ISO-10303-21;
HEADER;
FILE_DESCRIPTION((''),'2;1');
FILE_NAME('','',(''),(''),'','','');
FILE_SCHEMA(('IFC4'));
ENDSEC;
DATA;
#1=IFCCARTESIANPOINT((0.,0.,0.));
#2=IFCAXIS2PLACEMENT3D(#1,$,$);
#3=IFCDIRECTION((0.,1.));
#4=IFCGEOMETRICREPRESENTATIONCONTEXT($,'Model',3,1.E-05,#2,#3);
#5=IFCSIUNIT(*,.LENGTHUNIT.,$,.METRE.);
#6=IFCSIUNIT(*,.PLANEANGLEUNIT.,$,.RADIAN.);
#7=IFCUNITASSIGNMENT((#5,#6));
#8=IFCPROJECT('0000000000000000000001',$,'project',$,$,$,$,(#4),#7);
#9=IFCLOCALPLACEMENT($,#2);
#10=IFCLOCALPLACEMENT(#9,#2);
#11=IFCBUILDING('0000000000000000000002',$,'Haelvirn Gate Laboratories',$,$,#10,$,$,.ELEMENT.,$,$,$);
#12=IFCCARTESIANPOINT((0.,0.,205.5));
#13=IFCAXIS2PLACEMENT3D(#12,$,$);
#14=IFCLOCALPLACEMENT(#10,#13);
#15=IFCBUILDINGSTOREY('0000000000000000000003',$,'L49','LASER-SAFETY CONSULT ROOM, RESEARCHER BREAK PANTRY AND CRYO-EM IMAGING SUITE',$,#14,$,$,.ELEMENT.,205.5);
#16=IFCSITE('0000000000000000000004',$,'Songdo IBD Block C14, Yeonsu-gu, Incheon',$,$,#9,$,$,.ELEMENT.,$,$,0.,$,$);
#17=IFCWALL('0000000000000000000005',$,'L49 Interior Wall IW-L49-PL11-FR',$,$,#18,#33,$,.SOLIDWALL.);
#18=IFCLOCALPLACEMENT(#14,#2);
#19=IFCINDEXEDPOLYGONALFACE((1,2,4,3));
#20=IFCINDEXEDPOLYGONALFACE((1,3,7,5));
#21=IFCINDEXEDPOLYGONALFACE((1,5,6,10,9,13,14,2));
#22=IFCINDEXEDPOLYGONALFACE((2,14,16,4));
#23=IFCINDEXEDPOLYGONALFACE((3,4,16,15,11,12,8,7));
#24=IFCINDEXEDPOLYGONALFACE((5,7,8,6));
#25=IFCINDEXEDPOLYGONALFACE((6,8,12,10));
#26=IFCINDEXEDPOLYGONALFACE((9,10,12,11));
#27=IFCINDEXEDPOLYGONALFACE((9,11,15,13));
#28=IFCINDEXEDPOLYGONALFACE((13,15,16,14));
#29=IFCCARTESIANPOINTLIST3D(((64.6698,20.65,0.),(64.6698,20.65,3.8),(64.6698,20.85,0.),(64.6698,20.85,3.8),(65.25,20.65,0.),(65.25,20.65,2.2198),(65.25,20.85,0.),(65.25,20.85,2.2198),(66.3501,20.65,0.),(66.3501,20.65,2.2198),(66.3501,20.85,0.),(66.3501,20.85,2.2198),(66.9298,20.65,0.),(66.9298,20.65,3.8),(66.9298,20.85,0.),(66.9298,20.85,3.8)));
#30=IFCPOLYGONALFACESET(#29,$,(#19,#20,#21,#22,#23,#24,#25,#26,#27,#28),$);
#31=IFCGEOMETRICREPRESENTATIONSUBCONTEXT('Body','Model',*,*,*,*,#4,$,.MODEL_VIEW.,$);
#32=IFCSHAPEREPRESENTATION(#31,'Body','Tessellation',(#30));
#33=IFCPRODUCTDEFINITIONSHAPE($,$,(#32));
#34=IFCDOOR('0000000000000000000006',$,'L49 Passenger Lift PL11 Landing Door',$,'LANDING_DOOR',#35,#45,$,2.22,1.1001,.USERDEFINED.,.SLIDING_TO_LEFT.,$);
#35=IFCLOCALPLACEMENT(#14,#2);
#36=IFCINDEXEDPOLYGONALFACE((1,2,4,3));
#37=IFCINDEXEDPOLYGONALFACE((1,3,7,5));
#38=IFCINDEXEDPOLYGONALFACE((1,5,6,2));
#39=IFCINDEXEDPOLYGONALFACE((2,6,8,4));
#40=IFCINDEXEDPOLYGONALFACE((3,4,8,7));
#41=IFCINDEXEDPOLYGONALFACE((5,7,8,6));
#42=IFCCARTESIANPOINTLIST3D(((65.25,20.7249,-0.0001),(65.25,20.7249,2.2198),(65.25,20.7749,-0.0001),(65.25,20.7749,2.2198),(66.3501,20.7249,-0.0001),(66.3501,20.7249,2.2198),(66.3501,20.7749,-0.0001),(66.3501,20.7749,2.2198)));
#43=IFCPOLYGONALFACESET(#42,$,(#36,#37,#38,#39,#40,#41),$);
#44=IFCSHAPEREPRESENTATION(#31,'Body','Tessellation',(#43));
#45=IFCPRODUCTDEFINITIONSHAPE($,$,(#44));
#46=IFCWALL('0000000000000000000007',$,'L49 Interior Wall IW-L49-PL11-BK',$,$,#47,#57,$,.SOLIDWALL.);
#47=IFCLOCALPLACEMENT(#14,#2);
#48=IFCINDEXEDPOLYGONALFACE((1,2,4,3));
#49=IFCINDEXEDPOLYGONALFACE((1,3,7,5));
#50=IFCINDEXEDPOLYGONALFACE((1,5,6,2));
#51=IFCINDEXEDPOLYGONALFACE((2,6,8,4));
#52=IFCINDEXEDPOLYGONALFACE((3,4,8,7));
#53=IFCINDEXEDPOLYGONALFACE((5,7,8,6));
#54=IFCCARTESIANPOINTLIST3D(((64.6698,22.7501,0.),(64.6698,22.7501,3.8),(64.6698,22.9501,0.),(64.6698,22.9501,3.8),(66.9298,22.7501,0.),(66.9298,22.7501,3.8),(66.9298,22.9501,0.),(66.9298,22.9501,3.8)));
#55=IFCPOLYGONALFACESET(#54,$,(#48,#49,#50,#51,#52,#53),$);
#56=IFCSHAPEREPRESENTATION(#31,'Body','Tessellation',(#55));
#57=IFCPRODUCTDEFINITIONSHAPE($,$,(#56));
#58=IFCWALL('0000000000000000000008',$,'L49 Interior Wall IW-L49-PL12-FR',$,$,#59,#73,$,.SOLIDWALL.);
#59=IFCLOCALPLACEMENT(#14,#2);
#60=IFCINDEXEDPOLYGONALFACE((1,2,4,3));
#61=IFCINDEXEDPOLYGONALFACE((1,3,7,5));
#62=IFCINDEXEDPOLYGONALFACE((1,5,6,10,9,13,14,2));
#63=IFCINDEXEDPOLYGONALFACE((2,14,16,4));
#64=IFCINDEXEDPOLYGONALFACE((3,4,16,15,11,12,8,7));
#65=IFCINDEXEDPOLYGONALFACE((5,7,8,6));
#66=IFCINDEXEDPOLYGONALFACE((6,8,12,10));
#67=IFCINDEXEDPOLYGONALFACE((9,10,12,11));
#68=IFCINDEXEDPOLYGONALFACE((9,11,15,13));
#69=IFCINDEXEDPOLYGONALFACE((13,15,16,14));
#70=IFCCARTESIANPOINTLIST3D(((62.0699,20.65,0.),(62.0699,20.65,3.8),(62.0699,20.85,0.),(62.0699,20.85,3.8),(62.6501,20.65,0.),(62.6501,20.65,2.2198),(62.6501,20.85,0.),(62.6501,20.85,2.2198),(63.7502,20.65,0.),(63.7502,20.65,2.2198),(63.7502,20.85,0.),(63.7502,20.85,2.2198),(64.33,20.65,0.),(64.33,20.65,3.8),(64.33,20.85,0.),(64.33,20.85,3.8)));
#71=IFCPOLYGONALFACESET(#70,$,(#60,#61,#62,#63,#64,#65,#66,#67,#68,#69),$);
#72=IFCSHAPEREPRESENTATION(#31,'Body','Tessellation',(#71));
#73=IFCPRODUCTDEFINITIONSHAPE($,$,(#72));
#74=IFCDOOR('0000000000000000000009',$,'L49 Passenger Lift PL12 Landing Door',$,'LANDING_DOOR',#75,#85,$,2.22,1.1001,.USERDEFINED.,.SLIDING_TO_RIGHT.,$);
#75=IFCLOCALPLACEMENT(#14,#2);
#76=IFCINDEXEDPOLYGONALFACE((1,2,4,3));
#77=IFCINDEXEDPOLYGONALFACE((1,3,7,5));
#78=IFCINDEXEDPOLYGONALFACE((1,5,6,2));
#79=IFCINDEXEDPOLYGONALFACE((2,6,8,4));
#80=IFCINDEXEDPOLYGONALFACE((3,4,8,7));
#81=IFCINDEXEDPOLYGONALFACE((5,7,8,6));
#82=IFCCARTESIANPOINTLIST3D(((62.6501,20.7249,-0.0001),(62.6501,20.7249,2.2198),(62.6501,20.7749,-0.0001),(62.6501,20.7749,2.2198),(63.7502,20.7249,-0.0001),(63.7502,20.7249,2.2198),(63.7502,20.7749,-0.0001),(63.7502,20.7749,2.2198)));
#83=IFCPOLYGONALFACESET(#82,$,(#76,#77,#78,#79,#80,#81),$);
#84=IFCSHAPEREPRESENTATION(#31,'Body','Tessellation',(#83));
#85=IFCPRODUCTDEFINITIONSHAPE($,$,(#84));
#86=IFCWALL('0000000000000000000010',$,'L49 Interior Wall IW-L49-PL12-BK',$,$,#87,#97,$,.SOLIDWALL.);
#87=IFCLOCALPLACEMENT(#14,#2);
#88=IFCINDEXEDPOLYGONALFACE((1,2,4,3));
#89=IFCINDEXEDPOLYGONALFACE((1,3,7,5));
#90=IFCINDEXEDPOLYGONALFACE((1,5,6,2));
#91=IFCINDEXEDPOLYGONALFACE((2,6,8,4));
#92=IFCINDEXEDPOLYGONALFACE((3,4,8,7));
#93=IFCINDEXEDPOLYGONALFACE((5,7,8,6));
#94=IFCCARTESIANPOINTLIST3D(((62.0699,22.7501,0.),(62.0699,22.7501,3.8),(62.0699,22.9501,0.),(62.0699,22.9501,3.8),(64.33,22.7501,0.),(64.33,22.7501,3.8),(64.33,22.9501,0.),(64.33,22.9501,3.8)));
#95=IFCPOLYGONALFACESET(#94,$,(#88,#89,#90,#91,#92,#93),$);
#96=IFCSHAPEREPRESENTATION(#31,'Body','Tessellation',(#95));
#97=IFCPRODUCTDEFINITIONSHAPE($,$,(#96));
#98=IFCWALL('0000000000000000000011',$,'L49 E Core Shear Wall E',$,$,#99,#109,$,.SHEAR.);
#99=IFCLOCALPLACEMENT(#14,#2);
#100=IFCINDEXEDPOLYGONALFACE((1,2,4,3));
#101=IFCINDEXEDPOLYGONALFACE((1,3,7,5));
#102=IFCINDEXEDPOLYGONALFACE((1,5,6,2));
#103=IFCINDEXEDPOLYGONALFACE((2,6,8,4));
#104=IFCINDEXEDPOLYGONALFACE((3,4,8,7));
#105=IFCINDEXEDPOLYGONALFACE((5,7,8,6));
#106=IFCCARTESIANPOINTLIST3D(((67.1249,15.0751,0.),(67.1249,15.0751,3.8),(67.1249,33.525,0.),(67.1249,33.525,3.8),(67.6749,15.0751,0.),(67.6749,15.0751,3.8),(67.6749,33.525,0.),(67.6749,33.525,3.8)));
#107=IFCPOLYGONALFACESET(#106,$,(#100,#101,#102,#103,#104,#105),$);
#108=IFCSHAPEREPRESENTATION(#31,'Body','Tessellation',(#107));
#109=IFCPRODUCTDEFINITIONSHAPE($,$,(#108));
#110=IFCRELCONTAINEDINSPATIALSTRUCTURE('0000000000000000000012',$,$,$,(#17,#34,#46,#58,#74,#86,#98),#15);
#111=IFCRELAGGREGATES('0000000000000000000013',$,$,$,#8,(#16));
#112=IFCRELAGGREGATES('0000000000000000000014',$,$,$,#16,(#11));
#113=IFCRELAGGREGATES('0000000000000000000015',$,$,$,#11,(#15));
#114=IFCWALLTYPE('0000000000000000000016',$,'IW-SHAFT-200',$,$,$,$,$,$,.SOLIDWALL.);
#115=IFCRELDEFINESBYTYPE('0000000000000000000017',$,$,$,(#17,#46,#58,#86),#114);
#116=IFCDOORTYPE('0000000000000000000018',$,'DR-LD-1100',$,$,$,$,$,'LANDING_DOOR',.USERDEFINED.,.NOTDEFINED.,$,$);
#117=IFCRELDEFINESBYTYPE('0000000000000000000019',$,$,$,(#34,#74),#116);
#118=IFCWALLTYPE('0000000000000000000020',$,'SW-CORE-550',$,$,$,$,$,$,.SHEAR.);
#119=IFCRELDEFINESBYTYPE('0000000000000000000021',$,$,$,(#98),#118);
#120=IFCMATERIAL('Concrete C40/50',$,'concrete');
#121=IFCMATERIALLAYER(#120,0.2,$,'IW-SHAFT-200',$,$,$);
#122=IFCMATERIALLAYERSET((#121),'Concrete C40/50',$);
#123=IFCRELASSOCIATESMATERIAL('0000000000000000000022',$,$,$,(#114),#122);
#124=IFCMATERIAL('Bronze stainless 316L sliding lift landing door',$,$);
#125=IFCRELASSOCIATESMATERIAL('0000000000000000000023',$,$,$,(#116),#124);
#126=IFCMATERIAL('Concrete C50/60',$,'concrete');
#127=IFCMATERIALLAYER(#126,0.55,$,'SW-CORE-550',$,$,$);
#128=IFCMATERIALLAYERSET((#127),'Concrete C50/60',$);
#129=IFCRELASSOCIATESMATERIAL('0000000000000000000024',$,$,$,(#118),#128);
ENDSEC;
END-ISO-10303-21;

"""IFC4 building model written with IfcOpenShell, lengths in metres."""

from ifc_helpers import new_model, si_unit, direction, frame, frame_2d, origin, place, context, subcontext, project, spatial, rectangle, extrude, source, transform, mapped, material, layer, layer_set, type_object, type_shapes, element, fill, save


model = new_model("IFC4")

# Units and contexts
model_context = context("Model", 3, precision=1e-05, world=origin(), true_north=direction((0.0, 1.0)))
body_context = subcontext(model_context, "Body", "Model", "MODEL_VIEW")
ifc_project = project(units=[si_unit("LENGTHUNIT", "METRE"), si_unit("PLANEANGLEUNIT", "RADIAN")], contexts=[model_context])

# Site, building, storey
site_placement = place(None, origin())
site = spatial("IfcSite", under=ifc_project, at=site_placement, Name="Songdo IBD Block C14, Yeonsu-gu, Incheon", CompositionType="ELEMENT", RefElevation=0.0)
building_placement = place(site_placement, origin())
building = spatial("IfcBuilding", under=site, at=building_placement, Name="Haelvirn Gate Laboratories", CompositionType="ELEMENT")
storey_placement = place(building_placement, frame((0.0, 0.0, 205.5)))
storey = spatial("IfcBuildingStorey", under=building, at=storey_placement, Name="L49", Description="LASER-SAFETY CONSULT ROOM, RESEARCHER BREAK PANTRY AND CRYO-EM IMAGING SUITE", CompositionType="ELEMENT", Elevation=205.5)

# Shared definitions
ifc_material_1 = material(Name="Concrete C50/60", Category="concrete")

# Shared definitions
ifc_material_2 = material(Name="Concrete C40/50", Category="concrete")

# Wall, opening, door
ifc_layer_1 = layer(ifc_material_2, 0.2, Name="IW-SHAFT-200")
ifc_layer_set_1 = layer_set([ifc_layer_1], Name="Concrete C40/50")
wall_type_1 = type_object("IfcWallType", Name="IW-SHAFT-200", PredefinedType="SOLIDWALL", material=ifc_layer_set_1)
wall_1_placement = place(storey_placement, frame((64.6699, 20.75, 0.0), z_axis=(0.0, 0.0, 1.0), x_axis=(1.0, 0.0, 0.0)))
wall_1 = element("IfcWall", 1, at=wall_1_placement, inside=storey, type_object=wall_type_1, Name="L49 Interior Wall IW-L49-PL11-FR", PredefinedType="SOLIDWALL", context=body_context, shape_type="SweptSolid", body=[
    extrude(rectangle(XDim=2.26, YDim=0.2, at=frame_2d((1.1299, 0.0))), origin(), (0.0, 0.0, 1.0), 3.8),
])
opening_1_placement = place(wall_1_placement, frame((0.5801, 0.0, 0.0)))
opening_1 = element("IfcOpeningElement", 2, at=opening_1_placement, cuts=wall_1, PredefinedType="OPENING", context=body_context, shape_type="SweptSolid", body=[
    extrude(rectangle(XDim=1.1001, YDim=2.22, at=frame_2d((0.55, 1.1099))), frame((0.0, 0.1099, 0.0), z_axis=(0.0, -1.0, 0.0), x_axis=(1.0, 0.0, 0.0)), (0.0, 0.0, 1.0), 0.22),
])
ifc_material_3 = material(Name="Bronze stainless 316L sliding lift landing door")
door_type_1 = type_object("IfcDoorType", Name="DR-LD-1100", ElementType="LANDING_DOOR", OperationType="NOTDEFINED", PredefinedType="USERDEFINED", material=ifc_material_3)
shared_shape_1 = source(origin(), body_context, "Body", "SweptSolid", [
    extrude(rectangle(XDim=1.1001, YDim=2.22, at=frame_2d((0.55, 1.1099))), frame((0.0, 0.0249, 0.0), z_axis=(0.0, -1.0, 0.0), x_axis=(1.0, 0.0, 0.0)), (0.0, 0.0, 1.0), 0.05),
])
type_shapes(door_type_1, [shared_shape_1])
door_1_placement = place(opening_1_placement, origin())
door_1 = element("IfcDoor", 3, at=door_1_placement, inside=storey, type_object=door_type_1, Name="L49 Passenger Lift PL11 Landing Door", ObjectType="LANDING_DOOR", OperationType="SLIDING_TO_LEFT", OverallHeight=2.22, OverallWidth=1.1001, PredefinedType="USERDEFINED", context=body_context, shape_type="MappedRepresentation", body=[
    mapped(shared_shape_1, transform((0.0, 0.0, 0.0), scale=1.0)),
])
fill(opening_1, door_1)

# Wall
wall_2_placement = place(storey_placement, frame((64.6699, 22.8501, 0.0), z_axis=(0.0, 0.0, 1.0), x_axis=(1.0, 0.0, 0.0)))
element("IfcWall", 4, at=wall_2_placement, inside=storey, type_object=wall_type_1, Name="L49 Interior Wall IW-L49-PL11-BK", PredefinedType="SOLIDWALL", context=body_context, shape_type="SweptSolid", body=[
    extrude(rectangle(XDim=2.26, YDim=0.2, at=frame_2d((1.1299, 0.0))), origin(), (0.0, 0.0, 1.0), 3.8),
])

# Wall, opening, door
wall_3_placement = place(storey_placement, frame((62.0701, 20.75, 0.0), z_axis=(0.0, 0.0, 1.0), x_axis=(1.0, 0.0, 0.0)))
wall_3 = element("IfcWall", 5, at=wall_3_placement, inside=storey, type_object=wall_type_1, Name="L49 Interior Wall IW-L49-PL12-FR", PredefinedType="SOLIDWALL", context=body_context, shape_type="SweptSolid", body=[
    extrude(rectangle(XDim=2.26, YDim=0.2, at=frame_2d((1.1299, 0.0))), origin(), (0.0, 0.0, 1.0), 3.8),
])
opening_2_placement = place(wall_3_placement, frame((0.5801, 0.0, 0.0)))
opening_2 = element("IfcOpeningElement", 6, at=opening_2_placement, cuts=wall_3, PredefinedType="OPENING", context=body_context, shape_type="SweptSolid", body=[
    extrude(rectangle(XDim=1.1001, YDim=2.22, at=frame_2d((0.55, 1.1099))), frame((0.0, 0.1099, 0.0), z_axis=(0.0, -1.0, 0.0), x_axis=(1.0, 0.0, 0.0)), (0.0, 0.0, 1.0), 0.22),
])
door_2_placement = place(opening_2_placement, origin())
door_2 = element("IfcDoor", 7, at=door_2_placement, inside=storey, type_object=door_type_1, Name="L49 Passenger Lift PL12 Landing Door", ObjectType="LANDING_DOOR", OperationType="SLIDING_TO_RIGHT", OverallHeight=2.22, OverallWidth=1.1001, PredefinedType="USERDEFINED", context=body_context, shape_type="MappedRepresentation", body=[
    mapped(shared_shape_1, transform((0.0, 0.0, 0.0), scale=1.0)),
])
fill(opening_2, door_2)

# Walls
wall_4_placement = place(storey_placement, frame((62.0701, 22.8501, 0.0), z_axis=(0.0, 0.0, 1.0), x_axis=(1.0, 0.0, 0.0)))
element("IfcWall", 8, at=wall_4_placement, inside=storey, type_object=wall_type_1, Name="L49 Interior Wall IW-L49-PL12-BK", PredefinedType="SOLIDWALL", context=body_context, shape_type="SweptSolid", body=[
    extrude(rectangle(XDim=2.26, YDim=0.2, at=frame_2d((1.1299, 0.0))), origin(), (0.0, 0.0, 1.0), 3.8),
])
ifc_layer_2 = layer(ifc_material_1, 0.55, Name="SW-CORE-550")
ifc_layer_set_2 = layer_set([ifc_layer_2], Name="Concrete C50/60")
wall_type_2 = type_object("IfcWallType", Name="SW-CORE-550", PredefinedType="SHEAR", material=ifc_layer_set_2)
wall_5_placement = place(storey_placement, frame((67.3999, 15.075, 0.0), z_axis=(0.0, 0.0, 1.0), x_axis=(0.0, 1.0, 0.0)))
element("IfcWall", 9, at=wall_5_placement, inside=storey, type_object=wall_type_2, Name="L49 E Core Shear Wall E", PredefinedType="SHEAR", context=body_context, shape_type="SweptSolid", body=[
    extrude(rectangle(XDim=18.45, YDim=0.55, at=frame_2d((9.2251, 0.0))), origin(), (0.0, 0.0, 1.0), 3.8),
])

save(model, "model.ifc")
